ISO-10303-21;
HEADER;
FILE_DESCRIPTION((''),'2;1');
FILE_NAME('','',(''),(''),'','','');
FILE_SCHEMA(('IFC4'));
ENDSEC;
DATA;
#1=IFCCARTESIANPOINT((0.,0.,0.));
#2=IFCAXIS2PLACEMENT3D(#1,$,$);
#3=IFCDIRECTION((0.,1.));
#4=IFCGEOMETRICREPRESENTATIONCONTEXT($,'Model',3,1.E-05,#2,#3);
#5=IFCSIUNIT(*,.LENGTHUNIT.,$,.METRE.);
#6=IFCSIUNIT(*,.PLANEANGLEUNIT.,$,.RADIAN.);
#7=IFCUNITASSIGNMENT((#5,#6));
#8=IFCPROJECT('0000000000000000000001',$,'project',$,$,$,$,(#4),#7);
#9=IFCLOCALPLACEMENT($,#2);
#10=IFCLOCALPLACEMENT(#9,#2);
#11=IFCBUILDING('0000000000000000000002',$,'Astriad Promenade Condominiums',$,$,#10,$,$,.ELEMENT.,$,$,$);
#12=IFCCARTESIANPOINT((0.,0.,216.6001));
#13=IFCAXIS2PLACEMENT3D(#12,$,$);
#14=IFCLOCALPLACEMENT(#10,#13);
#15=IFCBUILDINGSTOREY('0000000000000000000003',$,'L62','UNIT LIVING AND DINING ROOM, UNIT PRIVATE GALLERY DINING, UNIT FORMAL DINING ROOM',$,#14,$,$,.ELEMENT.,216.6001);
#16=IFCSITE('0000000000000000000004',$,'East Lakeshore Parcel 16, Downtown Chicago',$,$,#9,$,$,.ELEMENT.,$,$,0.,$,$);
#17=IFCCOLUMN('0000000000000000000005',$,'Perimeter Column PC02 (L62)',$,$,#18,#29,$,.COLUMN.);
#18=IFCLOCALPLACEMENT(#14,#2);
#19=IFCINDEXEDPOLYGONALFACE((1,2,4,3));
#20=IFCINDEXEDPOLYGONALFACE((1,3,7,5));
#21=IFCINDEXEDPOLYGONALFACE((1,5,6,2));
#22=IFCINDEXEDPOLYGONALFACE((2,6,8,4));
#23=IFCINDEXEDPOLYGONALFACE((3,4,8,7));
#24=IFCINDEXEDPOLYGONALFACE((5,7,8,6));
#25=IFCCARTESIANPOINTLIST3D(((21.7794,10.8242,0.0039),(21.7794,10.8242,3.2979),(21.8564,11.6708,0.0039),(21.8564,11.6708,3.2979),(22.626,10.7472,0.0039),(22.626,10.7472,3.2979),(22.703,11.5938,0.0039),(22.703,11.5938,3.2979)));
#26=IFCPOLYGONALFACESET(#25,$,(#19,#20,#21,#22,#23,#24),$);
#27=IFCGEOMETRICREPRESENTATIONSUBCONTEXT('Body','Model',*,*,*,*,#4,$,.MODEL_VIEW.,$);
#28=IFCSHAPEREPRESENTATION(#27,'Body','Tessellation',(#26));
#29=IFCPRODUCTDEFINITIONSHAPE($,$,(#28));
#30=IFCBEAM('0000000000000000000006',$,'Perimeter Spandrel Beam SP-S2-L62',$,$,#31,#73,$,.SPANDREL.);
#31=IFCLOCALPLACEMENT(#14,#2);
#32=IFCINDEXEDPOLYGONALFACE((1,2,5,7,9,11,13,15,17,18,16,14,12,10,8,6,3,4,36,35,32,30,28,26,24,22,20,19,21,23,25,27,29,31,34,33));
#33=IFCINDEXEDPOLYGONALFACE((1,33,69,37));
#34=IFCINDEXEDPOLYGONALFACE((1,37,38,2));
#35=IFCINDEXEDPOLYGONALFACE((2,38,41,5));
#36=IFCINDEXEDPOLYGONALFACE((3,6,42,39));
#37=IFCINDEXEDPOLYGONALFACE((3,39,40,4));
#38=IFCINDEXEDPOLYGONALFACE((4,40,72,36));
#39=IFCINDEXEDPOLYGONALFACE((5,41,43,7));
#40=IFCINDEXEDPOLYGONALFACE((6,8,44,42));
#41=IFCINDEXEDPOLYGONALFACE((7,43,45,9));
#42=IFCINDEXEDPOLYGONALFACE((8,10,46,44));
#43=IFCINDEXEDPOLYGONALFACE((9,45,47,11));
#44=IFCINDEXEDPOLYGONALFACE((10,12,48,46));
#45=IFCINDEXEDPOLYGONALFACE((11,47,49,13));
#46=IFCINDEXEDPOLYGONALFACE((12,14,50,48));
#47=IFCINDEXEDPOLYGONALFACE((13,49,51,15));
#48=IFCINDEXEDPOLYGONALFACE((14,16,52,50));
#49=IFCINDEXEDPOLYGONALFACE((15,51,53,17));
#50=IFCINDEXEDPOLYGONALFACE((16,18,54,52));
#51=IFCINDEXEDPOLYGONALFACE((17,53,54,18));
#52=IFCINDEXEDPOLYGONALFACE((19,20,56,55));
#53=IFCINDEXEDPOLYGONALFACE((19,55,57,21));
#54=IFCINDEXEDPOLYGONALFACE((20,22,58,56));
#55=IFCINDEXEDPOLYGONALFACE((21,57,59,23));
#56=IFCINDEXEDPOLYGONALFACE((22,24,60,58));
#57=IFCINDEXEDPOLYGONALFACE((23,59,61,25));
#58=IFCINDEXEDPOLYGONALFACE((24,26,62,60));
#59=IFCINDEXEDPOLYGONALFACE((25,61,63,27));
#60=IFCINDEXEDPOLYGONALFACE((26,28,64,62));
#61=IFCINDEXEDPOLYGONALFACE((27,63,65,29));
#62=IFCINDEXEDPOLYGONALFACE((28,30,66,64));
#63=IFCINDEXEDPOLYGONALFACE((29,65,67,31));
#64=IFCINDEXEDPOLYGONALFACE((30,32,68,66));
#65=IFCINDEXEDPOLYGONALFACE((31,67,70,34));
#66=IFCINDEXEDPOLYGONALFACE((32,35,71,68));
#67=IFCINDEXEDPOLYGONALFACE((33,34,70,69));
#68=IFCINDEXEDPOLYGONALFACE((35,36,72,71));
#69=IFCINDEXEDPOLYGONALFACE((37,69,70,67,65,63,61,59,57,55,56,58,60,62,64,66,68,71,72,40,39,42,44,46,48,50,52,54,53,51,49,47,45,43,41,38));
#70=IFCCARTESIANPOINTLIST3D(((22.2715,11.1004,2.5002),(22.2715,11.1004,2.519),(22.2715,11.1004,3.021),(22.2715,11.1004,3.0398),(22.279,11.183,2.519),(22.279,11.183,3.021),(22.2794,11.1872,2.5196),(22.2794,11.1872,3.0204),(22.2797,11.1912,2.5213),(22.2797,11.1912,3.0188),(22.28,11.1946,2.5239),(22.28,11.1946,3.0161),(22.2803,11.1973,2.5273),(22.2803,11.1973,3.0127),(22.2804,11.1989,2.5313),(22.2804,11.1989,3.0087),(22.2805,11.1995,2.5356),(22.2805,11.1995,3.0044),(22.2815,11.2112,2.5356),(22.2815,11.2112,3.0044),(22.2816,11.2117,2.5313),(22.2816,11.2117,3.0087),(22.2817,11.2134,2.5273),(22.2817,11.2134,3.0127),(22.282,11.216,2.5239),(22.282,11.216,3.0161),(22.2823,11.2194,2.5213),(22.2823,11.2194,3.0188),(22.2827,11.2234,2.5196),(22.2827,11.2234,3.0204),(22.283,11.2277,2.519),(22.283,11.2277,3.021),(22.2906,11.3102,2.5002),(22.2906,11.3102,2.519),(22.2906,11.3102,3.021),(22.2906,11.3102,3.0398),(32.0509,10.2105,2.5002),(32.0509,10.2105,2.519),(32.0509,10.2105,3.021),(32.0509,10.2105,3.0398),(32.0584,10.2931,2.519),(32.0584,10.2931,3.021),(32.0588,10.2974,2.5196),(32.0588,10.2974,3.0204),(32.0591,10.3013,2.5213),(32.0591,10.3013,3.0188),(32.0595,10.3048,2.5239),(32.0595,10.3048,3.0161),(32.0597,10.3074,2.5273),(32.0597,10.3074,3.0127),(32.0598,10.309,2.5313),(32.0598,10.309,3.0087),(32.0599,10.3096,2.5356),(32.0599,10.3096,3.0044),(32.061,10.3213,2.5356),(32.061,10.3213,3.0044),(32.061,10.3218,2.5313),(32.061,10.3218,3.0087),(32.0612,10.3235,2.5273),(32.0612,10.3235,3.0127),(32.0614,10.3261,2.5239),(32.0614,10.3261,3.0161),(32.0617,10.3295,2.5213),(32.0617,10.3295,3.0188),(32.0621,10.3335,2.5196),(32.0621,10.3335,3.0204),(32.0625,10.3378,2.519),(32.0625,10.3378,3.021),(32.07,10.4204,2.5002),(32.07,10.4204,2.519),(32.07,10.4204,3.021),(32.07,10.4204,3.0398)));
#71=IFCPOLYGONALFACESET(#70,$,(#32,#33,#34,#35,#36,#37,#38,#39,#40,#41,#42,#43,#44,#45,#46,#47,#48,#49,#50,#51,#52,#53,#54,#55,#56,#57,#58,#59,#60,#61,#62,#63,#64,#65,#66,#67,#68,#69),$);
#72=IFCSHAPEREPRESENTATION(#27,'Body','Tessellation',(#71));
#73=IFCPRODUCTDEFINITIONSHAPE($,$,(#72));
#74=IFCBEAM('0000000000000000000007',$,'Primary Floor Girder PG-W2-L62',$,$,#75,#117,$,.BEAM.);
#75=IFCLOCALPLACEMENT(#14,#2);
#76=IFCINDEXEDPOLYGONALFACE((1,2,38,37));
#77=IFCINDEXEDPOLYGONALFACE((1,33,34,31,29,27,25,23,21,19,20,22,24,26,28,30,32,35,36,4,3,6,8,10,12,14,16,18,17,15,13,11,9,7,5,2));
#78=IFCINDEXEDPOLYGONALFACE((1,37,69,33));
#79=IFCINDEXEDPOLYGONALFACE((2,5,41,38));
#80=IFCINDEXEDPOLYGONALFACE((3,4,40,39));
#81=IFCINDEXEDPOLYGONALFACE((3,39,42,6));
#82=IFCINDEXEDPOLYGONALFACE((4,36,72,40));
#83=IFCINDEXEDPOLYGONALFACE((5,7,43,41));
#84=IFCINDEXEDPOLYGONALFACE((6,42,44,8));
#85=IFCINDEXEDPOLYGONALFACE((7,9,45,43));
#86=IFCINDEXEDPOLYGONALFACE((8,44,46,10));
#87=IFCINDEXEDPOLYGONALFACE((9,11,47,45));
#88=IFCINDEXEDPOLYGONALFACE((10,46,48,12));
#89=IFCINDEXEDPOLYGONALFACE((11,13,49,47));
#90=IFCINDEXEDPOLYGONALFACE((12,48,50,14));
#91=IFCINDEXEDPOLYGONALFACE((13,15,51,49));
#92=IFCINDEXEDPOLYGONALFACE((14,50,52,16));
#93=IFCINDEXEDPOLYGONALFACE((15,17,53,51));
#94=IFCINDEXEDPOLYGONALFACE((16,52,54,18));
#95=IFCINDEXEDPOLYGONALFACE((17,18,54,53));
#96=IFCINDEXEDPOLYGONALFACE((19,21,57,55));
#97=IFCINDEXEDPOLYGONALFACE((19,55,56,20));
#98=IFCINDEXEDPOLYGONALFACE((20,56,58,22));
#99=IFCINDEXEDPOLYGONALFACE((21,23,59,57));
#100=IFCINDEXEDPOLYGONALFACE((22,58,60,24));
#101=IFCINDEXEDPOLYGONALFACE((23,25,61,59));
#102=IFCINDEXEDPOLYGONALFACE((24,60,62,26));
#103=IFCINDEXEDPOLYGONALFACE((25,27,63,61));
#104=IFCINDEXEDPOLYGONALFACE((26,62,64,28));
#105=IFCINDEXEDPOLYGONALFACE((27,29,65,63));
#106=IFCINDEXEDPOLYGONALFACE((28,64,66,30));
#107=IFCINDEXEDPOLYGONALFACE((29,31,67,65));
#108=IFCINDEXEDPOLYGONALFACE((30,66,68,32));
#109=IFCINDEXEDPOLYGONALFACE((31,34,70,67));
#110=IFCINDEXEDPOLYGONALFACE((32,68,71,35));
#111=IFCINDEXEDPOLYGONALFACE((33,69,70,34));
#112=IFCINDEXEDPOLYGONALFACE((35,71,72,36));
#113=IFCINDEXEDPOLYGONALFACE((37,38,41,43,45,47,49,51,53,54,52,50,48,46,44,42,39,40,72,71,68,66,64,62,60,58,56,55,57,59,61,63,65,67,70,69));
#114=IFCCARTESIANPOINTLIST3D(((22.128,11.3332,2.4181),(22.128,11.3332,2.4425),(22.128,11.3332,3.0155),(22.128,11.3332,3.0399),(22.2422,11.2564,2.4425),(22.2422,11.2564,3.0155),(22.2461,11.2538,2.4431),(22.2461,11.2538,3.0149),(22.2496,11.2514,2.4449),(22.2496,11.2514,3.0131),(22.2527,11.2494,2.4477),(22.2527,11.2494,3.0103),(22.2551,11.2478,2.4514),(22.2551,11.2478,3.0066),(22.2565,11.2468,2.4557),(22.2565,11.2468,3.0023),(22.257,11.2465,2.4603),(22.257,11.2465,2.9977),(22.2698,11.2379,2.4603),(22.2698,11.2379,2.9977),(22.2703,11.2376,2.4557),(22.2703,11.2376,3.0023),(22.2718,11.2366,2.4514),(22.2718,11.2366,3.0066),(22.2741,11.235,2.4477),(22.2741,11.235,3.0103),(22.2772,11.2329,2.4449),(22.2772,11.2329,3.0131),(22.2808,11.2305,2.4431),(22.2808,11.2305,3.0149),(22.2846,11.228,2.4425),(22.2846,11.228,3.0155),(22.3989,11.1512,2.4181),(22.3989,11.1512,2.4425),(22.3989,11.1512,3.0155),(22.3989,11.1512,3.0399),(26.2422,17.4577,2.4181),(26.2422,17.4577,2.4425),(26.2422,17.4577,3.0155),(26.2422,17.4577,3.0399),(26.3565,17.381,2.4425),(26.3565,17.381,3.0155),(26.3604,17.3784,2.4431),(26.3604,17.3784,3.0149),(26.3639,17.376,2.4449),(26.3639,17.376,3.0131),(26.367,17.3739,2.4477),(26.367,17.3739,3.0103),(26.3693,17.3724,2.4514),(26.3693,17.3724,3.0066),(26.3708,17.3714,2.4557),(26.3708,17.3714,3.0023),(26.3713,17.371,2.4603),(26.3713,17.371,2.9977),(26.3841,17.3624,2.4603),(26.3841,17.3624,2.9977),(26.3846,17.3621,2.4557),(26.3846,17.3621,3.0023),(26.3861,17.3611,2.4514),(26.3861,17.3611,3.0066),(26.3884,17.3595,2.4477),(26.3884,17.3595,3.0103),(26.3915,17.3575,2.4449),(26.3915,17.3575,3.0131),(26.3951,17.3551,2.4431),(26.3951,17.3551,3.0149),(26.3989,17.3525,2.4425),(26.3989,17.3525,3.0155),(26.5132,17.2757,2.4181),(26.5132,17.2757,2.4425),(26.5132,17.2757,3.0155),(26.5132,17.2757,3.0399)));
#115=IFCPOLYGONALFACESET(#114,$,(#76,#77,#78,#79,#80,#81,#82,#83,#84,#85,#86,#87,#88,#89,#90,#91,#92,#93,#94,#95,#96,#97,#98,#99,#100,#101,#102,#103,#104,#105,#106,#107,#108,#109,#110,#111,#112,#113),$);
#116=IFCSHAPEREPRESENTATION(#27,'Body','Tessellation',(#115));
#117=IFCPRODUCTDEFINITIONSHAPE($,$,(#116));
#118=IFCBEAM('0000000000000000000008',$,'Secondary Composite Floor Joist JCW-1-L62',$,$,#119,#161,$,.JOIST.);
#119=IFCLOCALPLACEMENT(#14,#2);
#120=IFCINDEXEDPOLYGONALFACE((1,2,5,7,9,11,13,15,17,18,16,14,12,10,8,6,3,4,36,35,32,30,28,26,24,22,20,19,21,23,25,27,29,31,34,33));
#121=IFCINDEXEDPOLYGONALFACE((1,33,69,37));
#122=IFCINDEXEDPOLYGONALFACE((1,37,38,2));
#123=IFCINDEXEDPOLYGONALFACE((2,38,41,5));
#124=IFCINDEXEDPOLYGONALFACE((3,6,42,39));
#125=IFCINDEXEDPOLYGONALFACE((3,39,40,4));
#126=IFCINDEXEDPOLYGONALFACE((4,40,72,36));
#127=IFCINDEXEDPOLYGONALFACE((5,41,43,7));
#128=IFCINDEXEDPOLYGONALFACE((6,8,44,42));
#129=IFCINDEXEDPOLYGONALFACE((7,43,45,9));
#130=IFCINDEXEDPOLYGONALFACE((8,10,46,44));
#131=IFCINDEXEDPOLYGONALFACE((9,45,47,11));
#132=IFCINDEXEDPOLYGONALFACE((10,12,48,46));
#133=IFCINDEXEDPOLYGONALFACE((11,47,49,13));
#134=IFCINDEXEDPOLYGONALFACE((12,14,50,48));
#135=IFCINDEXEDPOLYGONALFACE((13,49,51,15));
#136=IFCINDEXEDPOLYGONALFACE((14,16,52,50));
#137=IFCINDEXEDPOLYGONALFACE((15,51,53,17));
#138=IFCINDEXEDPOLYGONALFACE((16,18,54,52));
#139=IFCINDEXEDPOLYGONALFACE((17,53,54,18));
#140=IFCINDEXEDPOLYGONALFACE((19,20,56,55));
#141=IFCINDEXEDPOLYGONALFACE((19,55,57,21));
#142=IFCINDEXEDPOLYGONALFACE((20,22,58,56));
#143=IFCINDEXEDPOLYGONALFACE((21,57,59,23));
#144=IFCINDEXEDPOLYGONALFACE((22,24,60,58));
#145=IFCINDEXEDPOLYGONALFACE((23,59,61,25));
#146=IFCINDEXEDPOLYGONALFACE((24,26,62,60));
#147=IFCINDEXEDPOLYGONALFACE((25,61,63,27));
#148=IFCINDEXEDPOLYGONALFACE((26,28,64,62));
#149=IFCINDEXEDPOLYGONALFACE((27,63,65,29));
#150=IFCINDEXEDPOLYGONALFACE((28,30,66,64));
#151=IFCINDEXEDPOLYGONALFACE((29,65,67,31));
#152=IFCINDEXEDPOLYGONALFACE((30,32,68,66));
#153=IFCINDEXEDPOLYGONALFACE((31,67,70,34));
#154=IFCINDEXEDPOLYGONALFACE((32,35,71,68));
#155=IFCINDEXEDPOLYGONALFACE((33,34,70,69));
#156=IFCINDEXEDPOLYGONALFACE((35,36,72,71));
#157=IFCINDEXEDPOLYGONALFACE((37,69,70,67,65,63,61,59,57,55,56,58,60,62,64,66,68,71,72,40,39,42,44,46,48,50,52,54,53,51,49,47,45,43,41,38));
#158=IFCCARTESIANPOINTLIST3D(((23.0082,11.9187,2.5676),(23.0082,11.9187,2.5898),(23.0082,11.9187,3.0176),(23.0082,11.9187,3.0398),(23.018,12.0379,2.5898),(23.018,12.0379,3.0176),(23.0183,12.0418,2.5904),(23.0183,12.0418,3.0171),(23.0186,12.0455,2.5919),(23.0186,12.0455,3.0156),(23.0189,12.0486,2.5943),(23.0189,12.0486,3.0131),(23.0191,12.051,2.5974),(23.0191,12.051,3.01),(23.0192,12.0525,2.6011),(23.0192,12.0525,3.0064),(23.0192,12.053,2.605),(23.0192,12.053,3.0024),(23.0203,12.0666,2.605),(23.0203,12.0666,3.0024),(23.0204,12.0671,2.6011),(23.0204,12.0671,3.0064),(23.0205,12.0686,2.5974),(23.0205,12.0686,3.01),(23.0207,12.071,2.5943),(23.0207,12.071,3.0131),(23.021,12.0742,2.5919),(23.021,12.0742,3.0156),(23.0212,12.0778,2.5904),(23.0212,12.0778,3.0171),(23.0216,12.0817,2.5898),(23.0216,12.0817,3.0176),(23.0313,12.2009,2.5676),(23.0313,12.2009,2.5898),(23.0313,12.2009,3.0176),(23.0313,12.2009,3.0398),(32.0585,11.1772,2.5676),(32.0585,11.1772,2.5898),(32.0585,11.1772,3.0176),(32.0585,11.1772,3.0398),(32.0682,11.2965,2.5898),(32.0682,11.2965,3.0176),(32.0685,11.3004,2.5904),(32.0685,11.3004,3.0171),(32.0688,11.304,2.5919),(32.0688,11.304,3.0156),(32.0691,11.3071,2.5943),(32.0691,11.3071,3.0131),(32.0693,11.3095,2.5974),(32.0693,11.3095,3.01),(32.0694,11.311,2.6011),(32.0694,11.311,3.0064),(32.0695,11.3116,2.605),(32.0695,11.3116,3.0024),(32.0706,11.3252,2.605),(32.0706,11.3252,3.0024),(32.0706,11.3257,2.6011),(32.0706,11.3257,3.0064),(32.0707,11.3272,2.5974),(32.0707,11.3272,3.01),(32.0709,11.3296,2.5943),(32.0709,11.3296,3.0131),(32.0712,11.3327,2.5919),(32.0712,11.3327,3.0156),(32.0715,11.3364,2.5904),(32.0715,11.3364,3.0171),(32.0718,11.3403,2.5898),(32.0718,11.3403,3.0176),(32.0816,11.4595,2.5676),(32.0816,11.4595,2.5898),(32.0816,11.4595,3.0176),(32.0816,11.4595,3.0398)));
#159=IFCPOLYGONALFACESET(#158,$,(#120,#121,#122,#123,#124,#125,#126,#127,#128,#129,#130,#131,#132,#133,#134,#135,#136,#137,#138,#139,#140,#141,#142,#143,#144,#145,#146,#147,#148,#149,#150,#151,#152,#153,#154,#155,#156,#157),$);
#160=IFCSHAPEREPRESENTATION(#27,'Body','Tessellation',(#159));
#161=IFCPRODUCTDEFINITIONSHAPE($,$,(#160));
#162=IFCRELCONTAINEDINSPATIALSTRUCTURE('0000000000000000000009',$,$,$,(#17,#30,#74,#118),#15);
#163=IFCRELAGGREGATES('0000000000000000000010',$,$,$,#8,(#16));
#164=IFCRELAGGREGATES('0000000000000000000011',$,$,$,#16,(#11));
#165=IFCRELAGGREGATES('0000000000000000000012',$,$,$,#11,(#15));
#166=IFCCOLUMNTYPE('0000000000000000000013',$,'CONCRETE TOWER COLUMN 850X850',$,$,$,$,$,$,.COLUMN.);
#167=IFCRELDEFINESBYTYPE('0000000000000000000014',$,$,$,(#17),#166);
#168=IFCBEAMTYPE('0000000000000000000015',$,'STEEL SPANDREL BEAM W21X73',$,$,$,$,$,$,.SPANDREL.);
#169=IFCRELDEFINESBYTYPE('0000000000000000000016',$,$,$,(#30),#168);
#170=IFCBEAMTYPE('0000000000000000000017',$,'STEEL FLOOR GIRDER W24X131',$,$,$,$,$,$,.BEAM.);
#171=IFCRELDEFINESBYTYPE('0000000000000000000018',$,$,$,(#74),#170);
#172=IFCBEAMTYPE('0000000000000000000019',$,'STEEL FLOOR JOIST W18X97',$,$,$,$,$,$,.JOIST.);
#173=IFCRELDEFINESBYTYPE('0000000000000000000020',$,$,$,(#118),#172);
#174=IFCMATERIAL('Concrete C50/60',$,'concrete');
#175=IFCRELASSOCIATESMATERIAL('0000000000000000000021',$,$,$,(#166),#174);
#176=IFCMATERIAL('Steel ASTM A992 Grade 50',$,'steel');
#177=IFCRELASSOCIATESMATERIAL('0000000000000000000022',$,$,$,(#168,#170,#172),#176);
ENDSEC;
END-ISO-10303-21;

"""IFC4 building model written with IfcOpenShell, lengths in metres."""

from ifc_helpers import new_model, si_unit, direction, frame, origin, origin_2d, place, context, subcontext, project, spatial, rectangle, i_section, extrude, source, transform, mapped, material, material_profile, profile_set, type_object, type_shapes, element, save


model = new_model("IFC4")

# Units and contexts
model_context = context("Model", 3, precision=1e-05, world=origin(), true_north=direction((0.0, 1.0)))
body_context = subcontext(model_context, "Body", "Model", "MODEL_VIEW")
ifc_project = project(units=[si_unit("LENGTHUNIT", "METRE"), si_unit("PLANEANGLEUNIT", "RADIAN")], contexts=[model_context])

# Site, building, storey
site_placement = place(None, origin())
site = spatial("IfcSite", under=ifc_project, at=site_placement, Name="East Lakeshore Parcel 16, Downtown Chicago", CompositionType="ELEMENT", RefElevation=0.0)
building_placement = place(site_placement, origin())
building = spatial("IfcBuilding", under=site, at=building_placement, Name="Astriad Promenade Condominiums", CompositionType="ELEMENT")
storey_placement = place(building_placement, frame((0.0, 0.0, 216.6001)))
storey = spatial("IfcBuildingStorey", under=building, at=storey_placement, Name="L62", Description="UNIT LIVING AND DINING ROOM, UNIT PRIVATE GALLERY DINING, UNIT FORMAL DINING ROOM", CompositionType="ELEMENT", Elevation=216.6001)

# Column
ifc_material_1 = material(Name="Concrete C50/60", Category="concrete")
ifc_material_profile_1 = material_profile(ifc_material_1, rectangle(XDim=0.8501, YDim=0.8501, at=origin_2d()), Name="RC-COL-850X850")
ifc_profile_set_1 = profile_set([ifc_material_profile_1], Name="Concrete C50/60")
column_type = type_object("IfcColumnType", Name="CONCRETE TOWER COLUMN 850X850", PredefinedType="COLUMN", material=ifc_profile_set_1)
shared_shape_1 = source(origin(), body_context, "Body", "SweptSolid", [
    extrude(rectangle(XDim=0.8501, YDim=0.8501, at=origin_2d()), origin(), (0.0, 0.0, 1.0), 3.2939),
])
type_shapes(column_type, [shared_shape_1])
column_placement = place(storey_placement, frame((22.2412, 11.209, 0.0039), z_axis=(0.0, 0.0, 1.0), x_axis=(0.995884, -0.090633, 0.0)))
element("IfcColumn", 1, at=column_placement, inside=storey, type_object=column_type, Name="Perimeter Column PC02 (L62)", PredefinedType="COLUMN", context=body_context, shape_type="MappedRepresentation", body=[
    mapped(shared_shape_1, transform((0.0, 0.0, 0.0), scale=1.0)),
])

# Beams
ifc_material_2 = material(Name="Steel ASTM A992 Grade 50", Category="steel")
ifc_material_profile_2 = material_profile(ifc_material_2, i_section(OverallWidth=0.2107, OverallDepth=0.5396, WebThickness=0.0117, FlangeThickness=0.0188, FilletRadius=0.0166, at=origin_2d()), Name="W21X73")
ifc_profile_set_2 = profile_set([ifc_material_profile_2], Name="Steel ASTM A992 Grade 50")
beam_type_1 = type_object("IfcBeamType", Name="STEEL SPANDREL BEAM W21X73", PredefinedType="SPANDREL", material=ifc_profile_set_2)
shared_shape_2 = source(origin(), body_context, "Body", "SweptSolid", [
    extrude(i_section(OverallWidth=0.2107, OverallDepth=0.5396, WebThickness=0.0117, FlangeThickness=0.0188, FilletRadius=0.0166, at=origin_2d()), origin(), (0.0, 0.0, 1.0), 9.8198),
])
type_shapes(beam_type_1, [shared_shape_2])
beam_1_placement = place(storey_placement, frame((22.281, 11.2053, 2.77), z_axis=(0.995885, -0.090621, 0.0), x_axis=(0.090621, 0.995885, 0.0)))
element("IfcBeam", 2, at=beam_1_placement, inside=storey, type_object=beam_type_1, Name="Perimeter Spandrel Beam SP-S2-L62", PredefinedType="SPANDREL", context=body_context, shape_type="MappedRepresentation", body=[
    mapped(shared_shape_2, transform((0.0, 0.0, 0.0), scale=1.0)),
])
ifc_material_profile_3 = material_profile(ifc_material_2, i_section(OverallWidth=0.3264, OverallDepth=0.6218, WebThickness=0.0154, FlangeThickness=0.0244, FilletRadius=0.0178, at=origin_2d()), Name="W24X131")
ifc_profile_set_3 = profile_set([ifc_material_profile_3], Name="Steel ASTM A992 Grade 50")
beam_type_2 = type_object("IfcBeamType", Name="STEEL FLOOR GIRDER W24X131", PredefinedType="BEAM", material=ifc_profile_set_3)
shared_shape_3 = source(origin(), body_context, "Body", "SweptSolid", [
    extrude(i_section(OverallWidth=0.3264, OverallDepth=0.6218, WebThickness=0.0154, FlangeThickness=0.0244, FilletRadius=0.0178, at=origin_2d()), origin(), (0.0, 0.0, 1.0), 7.3782),
])
type_shapes(beam_type_2, [shared_shape_3])
beam_2_placement = place(storey_placement, frame((22.2634, 11.2422, 2.729), z_axis=(0.557629, 0.83009, 0.0), x_axis=(-0.83009, 0.557629, 0.0)))
element("IfcBeam", 3, at=beam_2_placement, inside=storey, type_object=beam_type_2, Name="Primary Floor Girder PG-W2-L62", PredefinedType="BEAM", context=body_context, shape_type="MappedRepresentation", body=[
    mapped(shared_shape_3, transform((0.0, 0.0, 0.0), scale=1.0)),
])
ifc_material_profile_4 = material_profile(ifc_material_2, i_section(OverallWidth=0.2832, OverallDepth=0.4722, WebThickness=0.0137, FlangeThickness=0.0222, FilletRadius=0.0151, at=origin_2d()), Name="W18X97")
ifc_profile_set_4 = profile_set([ifc_material_profile_4], Name="Steel ASTM A992 Grade 50")
beam_type_3 = type_object("IfcBeamType", Name="STEEL FLOOR JOIST W18X97", PredefinedType="JOIST", material=ifc_profile_set_4)
shared_shape_4 = source(origin(), body_context, "Body", "SweptSolid", [
    extrude(i_section(OverallWidth=0.2832, OverallDepth=0.4722, WebThickness=0.0137, FlangeThickness=0.0222, FilletRadius=0.0151, at=origin_2d()), origin(), (0.0, 0.0, 1.0), 9.0806),
])
beam_3_placement = place(storey_placement, frame((23.0198, 12.0598, 2.8037), z_axis=(0.996661, -0.081653, 0.0), x_axis=(0.081653, 0.996661, 0.0)))
element("IfcBeam", 4, at=beam_3_placement, inside=storey, type_object=beam_type_3, Name="Secondary Composite Floor Joist JCW-1-L62", PredefinedType="JOIST", context=body_context, shape_type="MappedRepresentation", body=[
    mapped(shared_shape_4, transform((0.0, 0.0, 0.0), scale=1.0)),
])

save(model, "model.ifc")
